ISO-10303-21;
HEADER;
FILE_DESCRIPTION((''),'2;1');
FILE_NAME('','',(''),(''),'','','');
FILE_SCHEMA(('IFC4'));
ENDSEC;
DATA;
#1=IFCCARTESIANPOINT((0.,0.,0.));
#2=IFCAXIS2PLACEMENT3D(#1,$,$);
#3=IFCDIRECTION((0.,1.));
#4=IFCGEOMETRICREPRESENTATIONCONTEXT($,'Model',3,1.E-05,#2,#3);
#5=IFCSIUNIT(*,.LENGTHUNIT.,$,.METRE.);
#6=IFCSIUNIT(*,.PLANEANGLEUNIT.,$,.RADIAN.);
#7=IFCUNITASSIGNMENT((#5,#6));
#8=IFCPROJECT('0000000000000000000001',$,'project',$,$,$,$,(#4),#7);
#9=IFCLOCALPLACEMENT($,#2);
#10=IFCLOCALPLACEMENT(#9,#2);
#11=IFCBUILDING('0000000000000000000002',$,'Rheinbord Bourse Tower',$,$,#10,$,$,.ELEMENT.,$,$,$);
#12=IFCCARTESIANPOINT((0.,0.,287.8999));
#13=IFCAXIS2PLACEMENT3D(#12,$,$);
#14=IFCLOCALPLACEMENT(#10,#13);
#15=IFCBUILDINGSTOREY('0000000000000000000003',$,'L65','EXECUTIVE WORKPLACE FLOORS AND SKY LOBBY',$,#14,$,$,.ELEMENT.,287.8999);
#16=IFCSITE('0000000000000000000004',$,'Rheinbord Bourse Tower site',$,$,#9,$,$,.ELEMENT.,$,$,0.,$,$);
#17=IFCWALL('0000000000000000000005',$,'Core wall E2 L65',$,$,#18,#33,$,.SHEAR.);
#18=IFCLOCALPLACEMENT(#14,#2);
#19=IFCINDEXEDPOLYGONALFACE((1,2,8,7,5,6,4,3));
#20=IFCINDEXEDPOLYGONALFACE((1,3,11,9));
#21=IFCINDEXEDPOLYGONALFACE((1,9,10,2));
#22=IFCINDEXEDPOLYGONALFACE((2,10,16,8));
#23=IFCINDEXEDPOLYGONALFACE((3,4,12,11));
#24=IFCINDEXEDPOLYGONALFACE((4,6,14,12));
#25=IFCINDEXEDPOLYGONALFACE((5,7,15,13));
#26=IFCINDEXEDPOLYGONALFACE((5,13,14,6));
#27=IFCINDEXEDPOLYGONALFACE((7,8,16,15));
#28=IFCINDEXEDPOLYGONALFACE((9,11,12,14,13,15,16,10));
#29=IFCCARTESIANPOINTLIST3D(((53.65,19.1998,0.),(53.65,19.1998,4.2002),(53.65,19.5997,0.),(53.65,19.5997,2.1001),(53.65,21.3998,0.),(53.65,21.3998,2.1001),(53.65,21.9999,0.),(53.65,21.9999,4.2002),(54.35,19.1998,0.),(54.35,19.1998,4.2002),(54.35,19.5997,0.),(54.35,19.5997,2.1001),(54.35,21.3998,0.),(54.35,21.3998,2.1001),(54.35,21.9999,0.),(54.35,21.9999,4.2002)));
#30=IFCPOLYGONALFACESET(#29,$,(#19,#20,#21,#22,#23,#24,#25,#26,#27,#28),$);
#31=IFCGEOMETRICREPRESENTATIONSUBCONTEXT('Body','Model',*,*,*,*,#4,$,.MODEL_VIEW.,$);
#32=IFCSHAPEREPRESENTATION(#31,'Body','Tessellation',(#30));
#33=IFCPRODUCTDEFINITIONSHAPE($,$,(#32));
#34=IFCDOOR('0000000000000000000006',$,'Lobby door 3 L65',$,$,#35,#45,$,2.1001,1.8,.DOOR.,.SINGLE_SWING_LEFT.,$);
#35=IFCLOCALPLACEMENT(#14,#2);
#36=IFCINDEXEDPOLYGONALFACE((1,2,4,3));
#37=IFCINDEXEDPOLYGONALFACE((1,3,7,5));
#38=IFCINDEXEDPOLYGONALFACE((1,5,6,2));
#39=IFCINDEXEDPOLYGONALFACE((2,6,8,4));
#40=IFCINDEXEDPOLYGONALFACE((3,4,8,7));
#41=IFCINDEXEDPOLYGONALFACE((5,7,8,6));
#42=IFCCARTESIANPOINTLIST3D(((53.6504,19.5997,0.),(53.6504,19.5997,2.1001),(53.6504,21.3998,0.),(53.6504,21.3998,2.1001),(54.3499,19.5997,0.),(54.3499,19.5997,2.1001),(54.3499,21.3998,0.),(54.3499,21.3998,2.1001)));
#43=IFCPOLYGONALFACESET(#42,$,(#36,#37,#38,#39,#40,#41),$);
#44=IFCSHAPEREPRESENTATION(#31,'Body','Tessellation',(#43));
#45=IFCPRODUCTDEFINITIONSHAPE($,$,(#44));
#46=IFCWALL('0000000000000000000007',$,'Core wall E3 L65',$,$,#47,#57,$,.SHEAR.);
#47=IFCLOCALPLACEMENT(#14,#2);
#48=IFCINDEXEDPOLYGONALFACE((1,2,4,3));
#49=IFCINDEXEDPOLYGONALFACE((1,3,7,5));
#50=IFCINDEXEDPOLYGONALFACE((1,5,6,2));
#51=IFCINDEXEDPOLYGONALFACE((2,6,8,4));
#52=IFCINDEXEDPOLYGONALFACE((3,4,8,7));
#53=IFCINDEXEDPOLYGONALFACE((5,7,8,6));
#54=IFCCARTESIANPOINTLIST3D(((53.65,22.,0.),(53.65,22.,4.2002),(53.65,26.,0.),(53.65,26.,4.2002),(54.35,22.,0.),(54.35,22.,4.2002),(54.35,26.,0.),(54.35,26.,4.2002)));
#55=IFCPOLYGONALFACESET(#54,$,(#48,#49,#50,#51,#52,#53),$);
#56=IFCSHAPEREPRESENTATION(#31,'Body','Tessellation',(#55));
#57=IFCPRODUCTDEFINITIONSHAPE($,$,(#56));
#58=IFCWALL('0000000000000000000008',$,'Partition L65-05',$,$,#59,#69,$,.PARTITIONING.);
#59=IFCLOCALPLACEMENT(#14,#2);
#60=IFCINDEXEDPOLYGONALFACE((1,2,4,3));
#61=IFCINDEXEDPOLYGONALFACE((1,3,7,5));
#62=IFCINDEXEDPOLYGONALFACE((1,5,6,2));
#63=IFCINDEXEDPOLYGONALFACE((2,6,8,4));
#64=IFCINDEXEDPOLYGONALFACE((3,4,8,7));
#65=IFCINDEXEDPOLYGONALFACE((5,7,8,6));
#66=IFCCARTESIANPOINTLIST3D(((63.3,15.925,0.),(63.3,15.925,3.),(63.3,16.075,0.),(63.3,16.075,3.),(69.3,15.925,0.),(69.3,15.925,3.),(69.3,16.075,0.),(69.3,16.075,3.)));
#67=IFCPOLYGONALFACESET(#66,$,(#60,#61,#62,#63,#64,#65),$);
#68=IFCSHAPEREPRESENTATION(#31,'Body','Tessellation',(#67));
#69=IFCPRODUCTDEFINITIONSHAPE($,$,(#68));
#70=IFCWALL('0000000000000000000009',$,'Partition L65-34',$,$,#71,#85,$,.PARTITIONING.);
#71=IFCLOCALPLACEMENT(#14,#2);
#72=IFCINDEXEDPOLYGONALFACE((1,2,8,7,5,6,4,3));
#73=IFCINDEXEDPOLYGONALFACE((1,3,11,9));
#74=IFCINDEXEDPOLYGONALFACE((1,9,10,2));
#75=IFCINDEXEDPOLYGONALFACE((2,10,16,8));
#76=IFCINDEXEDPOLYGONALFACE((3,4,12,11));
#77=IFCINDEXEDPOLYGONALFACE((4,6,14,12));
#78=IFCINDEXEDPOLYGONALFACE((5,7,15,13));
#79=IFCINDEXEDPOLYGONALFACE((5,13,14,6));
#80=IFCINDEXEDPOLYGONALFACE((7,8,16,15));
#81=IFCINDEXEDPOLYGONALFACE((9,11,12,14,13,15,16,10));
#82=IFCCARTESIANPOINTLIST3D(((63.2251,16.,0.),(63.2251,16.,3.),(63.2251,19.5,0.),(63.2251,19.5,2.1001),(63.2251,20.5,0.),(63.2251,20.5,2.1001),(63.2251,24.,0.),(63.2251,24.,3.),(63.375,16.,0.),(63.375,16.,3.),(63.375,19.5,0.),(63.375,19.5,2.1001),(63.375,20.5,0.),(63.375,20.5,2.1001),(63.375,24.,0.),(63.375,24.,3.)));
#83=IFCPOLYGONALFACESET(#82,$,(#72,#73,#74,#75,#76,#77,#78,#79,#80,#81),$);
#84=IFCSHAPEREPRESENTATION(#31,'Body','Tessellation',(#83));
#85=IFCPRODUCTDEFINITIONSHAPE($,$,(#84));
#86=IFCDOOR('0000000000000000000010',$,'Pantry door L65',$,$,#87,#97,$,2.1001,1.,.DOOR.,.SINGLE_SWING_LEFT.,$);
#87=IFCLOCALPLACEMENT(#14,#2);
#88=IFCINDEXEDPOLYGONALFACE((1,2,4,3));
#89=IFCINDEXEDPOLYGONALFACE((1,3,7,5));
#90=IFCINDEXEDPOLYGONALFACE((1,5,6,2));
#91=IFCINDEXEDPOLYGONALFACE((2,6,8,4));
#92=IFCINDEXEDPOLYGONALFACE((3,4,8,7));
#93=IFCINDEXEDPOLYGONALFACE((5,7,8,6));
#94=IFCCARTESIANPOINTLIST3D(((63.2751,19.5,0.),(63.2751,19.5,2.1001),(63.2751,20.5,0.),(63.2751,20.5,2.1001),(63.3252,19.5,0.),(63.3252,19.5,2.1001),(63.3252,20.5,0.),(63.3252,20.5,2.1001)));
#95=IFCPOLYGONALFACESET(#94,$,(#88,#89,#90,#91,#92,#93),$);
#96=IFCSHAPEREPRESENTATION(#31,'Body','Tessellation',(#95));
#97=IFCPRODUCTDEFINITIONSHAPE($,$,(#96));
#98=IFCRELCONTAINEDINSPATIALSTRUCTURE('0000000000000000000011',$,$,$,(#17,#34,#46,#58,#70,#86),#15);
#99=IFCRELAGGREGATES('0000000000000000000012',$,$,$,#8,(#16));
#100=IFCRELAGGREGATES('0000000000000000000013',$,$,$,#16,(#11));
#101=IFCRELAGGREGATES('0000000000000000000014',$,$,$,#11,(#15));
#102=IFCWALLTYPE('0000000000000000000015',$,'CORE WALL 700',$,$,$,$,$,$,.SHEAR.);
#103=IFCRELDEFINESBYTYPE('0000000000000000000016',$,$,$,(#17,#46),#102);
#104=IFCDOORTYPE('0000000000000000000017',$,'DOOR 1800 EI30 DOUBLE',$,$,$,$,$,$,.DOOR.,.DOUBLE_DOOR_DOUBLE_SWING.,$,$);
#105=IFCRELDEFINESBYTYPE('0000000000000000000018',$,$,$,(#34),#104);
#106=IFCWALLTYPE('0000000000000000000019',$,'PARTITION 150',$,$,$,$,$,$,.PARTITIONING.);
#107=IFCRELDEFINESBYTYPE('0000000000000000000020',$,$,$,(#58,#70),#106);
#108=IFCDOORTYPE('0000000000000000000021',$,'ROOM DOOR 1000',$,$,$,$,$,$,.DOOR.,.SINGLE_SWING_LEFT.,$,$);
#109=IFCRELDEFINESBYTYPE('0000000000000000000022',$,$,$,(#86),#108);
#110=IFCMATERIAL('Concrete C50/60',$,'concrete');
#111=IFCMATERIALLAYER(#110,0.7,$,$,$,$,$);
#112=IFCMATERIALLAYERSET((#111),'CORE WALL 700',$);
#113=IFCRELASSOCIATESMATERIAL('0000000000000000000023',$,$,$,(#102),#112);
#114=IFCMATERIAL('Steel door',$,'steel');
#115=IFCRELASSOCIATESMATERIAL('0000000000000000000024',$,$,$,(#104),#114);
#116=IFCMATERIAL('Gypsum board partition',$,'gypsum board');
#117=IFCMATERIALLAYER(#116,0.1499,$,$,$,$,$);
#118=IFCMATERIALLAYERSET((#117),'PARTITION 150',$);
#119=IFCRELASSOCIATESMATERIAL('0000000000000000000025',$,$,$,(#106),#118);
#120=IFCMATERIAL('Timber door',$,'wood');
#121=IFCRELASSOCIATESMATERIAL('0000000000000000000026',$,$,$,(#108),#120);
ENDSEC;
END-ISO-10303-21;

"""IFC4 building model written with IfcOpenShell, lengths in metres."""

from ifc_helpers import new_model, si_unit, direction, frame, frame_2d, origin, place, context, subcontext, project, spatial, rectangle, extrude, material, layer, layer_set, type_object, element, fill, save


model = new_model("IFC4")

# Units and contexts
model_context = context("Model", 3, precision=1e-05, world=origin(), true_north=direction((0.0, 1.0)))
body_context = subcontext(model_context, "Body", "Model", "MODEL_VIEW")
ifc_project = project(units=[si_unit("LENGTHUNIT", "METRE"), si_unit("PLANEANGLEUNIT", "RADIAN")], contexts=[model_context])

# Site, building, storey
site_placement = place(None, origin())
site = spatial("IfcSite", under=ifc_project, at=site_placement, Name="Rheinbord Bourse Tower site", CompositionType="ELEMENT", RefElevation=0.0)
building_placement = place(site_placement, origin())
building = spatial("IfcBuilding", under=site, at=building_placement, Name="Rheinbord Bourse Tower", CompositionType="ELEMENT")
storey_placement = place(building_placement, frame((0.0, 0.0, 287.8999)))
storey = spatial("IfcBuildingStorey", under=building, at=storey_placement, Name="L65", Description="EXECUTIVE WORKPLACE FLOORS AND SKY LOBBY", CompositionType="ELEMENT", Elevation=287.8999)

# Shared definitions
ifc_material_1 = material(Name="Concrete C50/60", Category="concrete")
ifc_layer_1 = layer(ifc_material_1, 0.7)
ifc_layer_set_1 = layer_set([ifc_layer_1], Name="CORE WALL 700")
wall_type_1 = type_object("IfcWallType", Name="CORE WALL 700", PredefinedType="SHEAR", material=ifc_layer_set_1)

# Wall, opening, door
wall_1_placement = place(storey_placement, frame((54.0, 19.2, 0.0), z_axis=(0.0, 0.0, 1.0), x_axis=(0.0, 1.0, 0.0)))
wall_1 = element("IfcWall", 1, at=wall_1_placement, inside=storey, type_object=wall_type_1, Name="Core wall E2 L65", PredefinedType="SHEAR", context=body_context, shape_type="SweptSolid", body=[
    extrude(rectangle(XDim=2.8, YDim=0.7, at=frame_2d((1.3999, 0.0))), origin(), (0.0, 0.0, 1.0), 4.2002),
])
opening_1_placement = place(wall_1_placement, frame((0.3999, 0.0, 0.0)))
opening_1 = element("IfcOpeningElement", 2, at=opening_1_placement, cuts=wall_1, PredefinedType="OPENING", context=body_context, shape_type="SweptSolid", body=[
    extrude(rectangle(XDim=1.8, YDim=2.1001, at=frame_2d((0.8999, 1.05))), frame((0.0, 0.3599, 0.0), z_axis=(0.0, -1.0, 0.0), x_axis=(1.0, 0.0, 0.0)), (0.0, 0.0, 1.0), 0.72),
])
ifc_material_2 = material(Name="Steel door", Category="steel")
door_type_1 = type_object("IfcDoorType", Name="DOOR 1800 EI30 DOUBLE", OperationType="DOUBLE_DOOR_DOUBLE_SWING", PredefinedType="DOOR", material=ifc_material_2)
door_1_placement = place(opening_1_placement, origin())
door_1 = element("IfcDoor", 3, at=door_1_placement, inside=storey, type_object=door_type_1, Name="Lobby door 3 L65", OperationType="SINGLE_SWING_LEFT", OverallHeight=2.1001, OverallWidth=1.8, PredefinedType="DOOR", context=body_context, shape_type="SweptSolid", body=[
    extrude(rectangle(XDim=1.8, YDim=2.1001, at=frame_2d((0.8999, 1.05))), frame((0.0, 0.3496, 0.0), z_axis=(0.0, -1.0, 0.0), x_axis=(1.0, 0.0, 0.0)), (0.0, 0.0, 1.0), 0.6995),
])
fill(opening_1, door_1)

# Walls
wall_2_placement = place(storey_placement, frame((54.0, 22.0, 0.0), z_axis=(0.0, 0.0, 1.0), x_axis=(0.0, 1.0, 0.0)))
element("IfcWall", 4, at=wall_2_placement, inside=storey, type_object=wall_type_1, Name="Core wall E3 L65", PredefinedType="SHEAR", context=body_context, shape_type="SweptSolid", body=[
    extrude(rectangle(XDim=4.0, YDim=0.7, at=frame_2d((2.0, 0.0))), origin(), (0.0, 0.0, 1.0), 4.2002),
])
ifc_material_3 = material(Name="Gypsum board partition", Category="gypsum board")
ifc_layer_2 = layer(ifc_material_3, 0.1499)
ifc_layer_set_2 = layer_set([ifc_layer_2], Name="PARTITION 150")
wall_type_2 = type_object("IfcWallType", Name="PARTITION 150", PredefinedType="PARTITIONING", material=ifc_layer_set_2)
wall_3_placement = place(storey_placement, frame((63.3, 16.0, 0.0), z_axis=(0.0, 0.0, 1.0), x_axis=(1.0, 0.0, 0.0)))
element("IfcWall", 5, at=wall_3_placement, inside=storey, type_object=wall_type_2, Name="Partition L65-05", PredefinedType="PARTITIONING", context=body_context, shape_type="SweptSolid", body=[
    extrude(rectangle(XDim=6.0, YDim=0.1499, at=frame_2d((3.0, 0.0))), origin(), (0.0, 0.0, 1.0), 3.0),
])

# Wall, opening, door
wall_4_placement = place(storey_placement, frame((63.3, 16.0, 0.0), z_axis=(0.0, 0.0, 1.0), x_axis=(0.0, 1.0, 0.0)))
wall_4 = element("IfcWall", 6, at=wall_4_placement, inside=storey, type_object=wall_type_2, Name="Partition L65-34", PredefinedType="PARTITIONING", context=body_context, shape_type="SweptSolid", body=[
    extrude(rectangle(XDim=8.0, YDim=0.1499, at=frame_2d((4.0, 0.0))), origin(), (0.0, 0.0, 1.0), 3.0),
])
opening_2_placement = place(wall_4_placement, frame((3.5, 0.0, 0.0)))
opening_2 = element("IfcOpeningElement", 7, at=opening_2_placement, cuts=wall_4, PredefinedType="OPENING", context=body_context, shape_type="SweptSolid", body=[
    extrude(rectangle(XDim=1.0, YDim=2.1001, at=frame_2d((0.5, 1.05))), frame((0.0, 0.085, 0.0), z_axis=(0.0, -1.0, 0.0), x_axis=(1.0, 0.0, 0.0)), (0.0, 0.0, 1.0), 0.1699),
])
ifc_material_4 = material(Name="Timber door", Category="wood")
door_type_2 = type_object("IfcDoorType", Name="ROOM DOOR 1000", OperationType="SINGLE_SWING_LEFT", PredefinedType="DOOR", material=ifc_material_4)
door_2_placement = place(opening_2_placement, origin())
door_2 = element("IfcDoor", 8, at=door_2_placement, inside=storey, type_object=door_type_2, Name="Pantry door L65", OperationType="SINGLE_SWING_LEFT", OverallHeight=2.1001, OverallWidth=1.0, PredefinedType="DOOR", context=body_context, shape_type="SweptSolid", body=[
    extrude(rectangle(XDim=1.0, YDim=2.1001, at=frame_2d((0.5, 1.05))), frame((0.0, 0.0249, 0.0), z_axis=(0.0, -1.0, 0.0), x_axis=(1.0, 0.0, 0.0)), (0.0, 0.0, 1.0), 0.05),
])
fill(opening_2, door_2)

save(model, "model.ifc")
